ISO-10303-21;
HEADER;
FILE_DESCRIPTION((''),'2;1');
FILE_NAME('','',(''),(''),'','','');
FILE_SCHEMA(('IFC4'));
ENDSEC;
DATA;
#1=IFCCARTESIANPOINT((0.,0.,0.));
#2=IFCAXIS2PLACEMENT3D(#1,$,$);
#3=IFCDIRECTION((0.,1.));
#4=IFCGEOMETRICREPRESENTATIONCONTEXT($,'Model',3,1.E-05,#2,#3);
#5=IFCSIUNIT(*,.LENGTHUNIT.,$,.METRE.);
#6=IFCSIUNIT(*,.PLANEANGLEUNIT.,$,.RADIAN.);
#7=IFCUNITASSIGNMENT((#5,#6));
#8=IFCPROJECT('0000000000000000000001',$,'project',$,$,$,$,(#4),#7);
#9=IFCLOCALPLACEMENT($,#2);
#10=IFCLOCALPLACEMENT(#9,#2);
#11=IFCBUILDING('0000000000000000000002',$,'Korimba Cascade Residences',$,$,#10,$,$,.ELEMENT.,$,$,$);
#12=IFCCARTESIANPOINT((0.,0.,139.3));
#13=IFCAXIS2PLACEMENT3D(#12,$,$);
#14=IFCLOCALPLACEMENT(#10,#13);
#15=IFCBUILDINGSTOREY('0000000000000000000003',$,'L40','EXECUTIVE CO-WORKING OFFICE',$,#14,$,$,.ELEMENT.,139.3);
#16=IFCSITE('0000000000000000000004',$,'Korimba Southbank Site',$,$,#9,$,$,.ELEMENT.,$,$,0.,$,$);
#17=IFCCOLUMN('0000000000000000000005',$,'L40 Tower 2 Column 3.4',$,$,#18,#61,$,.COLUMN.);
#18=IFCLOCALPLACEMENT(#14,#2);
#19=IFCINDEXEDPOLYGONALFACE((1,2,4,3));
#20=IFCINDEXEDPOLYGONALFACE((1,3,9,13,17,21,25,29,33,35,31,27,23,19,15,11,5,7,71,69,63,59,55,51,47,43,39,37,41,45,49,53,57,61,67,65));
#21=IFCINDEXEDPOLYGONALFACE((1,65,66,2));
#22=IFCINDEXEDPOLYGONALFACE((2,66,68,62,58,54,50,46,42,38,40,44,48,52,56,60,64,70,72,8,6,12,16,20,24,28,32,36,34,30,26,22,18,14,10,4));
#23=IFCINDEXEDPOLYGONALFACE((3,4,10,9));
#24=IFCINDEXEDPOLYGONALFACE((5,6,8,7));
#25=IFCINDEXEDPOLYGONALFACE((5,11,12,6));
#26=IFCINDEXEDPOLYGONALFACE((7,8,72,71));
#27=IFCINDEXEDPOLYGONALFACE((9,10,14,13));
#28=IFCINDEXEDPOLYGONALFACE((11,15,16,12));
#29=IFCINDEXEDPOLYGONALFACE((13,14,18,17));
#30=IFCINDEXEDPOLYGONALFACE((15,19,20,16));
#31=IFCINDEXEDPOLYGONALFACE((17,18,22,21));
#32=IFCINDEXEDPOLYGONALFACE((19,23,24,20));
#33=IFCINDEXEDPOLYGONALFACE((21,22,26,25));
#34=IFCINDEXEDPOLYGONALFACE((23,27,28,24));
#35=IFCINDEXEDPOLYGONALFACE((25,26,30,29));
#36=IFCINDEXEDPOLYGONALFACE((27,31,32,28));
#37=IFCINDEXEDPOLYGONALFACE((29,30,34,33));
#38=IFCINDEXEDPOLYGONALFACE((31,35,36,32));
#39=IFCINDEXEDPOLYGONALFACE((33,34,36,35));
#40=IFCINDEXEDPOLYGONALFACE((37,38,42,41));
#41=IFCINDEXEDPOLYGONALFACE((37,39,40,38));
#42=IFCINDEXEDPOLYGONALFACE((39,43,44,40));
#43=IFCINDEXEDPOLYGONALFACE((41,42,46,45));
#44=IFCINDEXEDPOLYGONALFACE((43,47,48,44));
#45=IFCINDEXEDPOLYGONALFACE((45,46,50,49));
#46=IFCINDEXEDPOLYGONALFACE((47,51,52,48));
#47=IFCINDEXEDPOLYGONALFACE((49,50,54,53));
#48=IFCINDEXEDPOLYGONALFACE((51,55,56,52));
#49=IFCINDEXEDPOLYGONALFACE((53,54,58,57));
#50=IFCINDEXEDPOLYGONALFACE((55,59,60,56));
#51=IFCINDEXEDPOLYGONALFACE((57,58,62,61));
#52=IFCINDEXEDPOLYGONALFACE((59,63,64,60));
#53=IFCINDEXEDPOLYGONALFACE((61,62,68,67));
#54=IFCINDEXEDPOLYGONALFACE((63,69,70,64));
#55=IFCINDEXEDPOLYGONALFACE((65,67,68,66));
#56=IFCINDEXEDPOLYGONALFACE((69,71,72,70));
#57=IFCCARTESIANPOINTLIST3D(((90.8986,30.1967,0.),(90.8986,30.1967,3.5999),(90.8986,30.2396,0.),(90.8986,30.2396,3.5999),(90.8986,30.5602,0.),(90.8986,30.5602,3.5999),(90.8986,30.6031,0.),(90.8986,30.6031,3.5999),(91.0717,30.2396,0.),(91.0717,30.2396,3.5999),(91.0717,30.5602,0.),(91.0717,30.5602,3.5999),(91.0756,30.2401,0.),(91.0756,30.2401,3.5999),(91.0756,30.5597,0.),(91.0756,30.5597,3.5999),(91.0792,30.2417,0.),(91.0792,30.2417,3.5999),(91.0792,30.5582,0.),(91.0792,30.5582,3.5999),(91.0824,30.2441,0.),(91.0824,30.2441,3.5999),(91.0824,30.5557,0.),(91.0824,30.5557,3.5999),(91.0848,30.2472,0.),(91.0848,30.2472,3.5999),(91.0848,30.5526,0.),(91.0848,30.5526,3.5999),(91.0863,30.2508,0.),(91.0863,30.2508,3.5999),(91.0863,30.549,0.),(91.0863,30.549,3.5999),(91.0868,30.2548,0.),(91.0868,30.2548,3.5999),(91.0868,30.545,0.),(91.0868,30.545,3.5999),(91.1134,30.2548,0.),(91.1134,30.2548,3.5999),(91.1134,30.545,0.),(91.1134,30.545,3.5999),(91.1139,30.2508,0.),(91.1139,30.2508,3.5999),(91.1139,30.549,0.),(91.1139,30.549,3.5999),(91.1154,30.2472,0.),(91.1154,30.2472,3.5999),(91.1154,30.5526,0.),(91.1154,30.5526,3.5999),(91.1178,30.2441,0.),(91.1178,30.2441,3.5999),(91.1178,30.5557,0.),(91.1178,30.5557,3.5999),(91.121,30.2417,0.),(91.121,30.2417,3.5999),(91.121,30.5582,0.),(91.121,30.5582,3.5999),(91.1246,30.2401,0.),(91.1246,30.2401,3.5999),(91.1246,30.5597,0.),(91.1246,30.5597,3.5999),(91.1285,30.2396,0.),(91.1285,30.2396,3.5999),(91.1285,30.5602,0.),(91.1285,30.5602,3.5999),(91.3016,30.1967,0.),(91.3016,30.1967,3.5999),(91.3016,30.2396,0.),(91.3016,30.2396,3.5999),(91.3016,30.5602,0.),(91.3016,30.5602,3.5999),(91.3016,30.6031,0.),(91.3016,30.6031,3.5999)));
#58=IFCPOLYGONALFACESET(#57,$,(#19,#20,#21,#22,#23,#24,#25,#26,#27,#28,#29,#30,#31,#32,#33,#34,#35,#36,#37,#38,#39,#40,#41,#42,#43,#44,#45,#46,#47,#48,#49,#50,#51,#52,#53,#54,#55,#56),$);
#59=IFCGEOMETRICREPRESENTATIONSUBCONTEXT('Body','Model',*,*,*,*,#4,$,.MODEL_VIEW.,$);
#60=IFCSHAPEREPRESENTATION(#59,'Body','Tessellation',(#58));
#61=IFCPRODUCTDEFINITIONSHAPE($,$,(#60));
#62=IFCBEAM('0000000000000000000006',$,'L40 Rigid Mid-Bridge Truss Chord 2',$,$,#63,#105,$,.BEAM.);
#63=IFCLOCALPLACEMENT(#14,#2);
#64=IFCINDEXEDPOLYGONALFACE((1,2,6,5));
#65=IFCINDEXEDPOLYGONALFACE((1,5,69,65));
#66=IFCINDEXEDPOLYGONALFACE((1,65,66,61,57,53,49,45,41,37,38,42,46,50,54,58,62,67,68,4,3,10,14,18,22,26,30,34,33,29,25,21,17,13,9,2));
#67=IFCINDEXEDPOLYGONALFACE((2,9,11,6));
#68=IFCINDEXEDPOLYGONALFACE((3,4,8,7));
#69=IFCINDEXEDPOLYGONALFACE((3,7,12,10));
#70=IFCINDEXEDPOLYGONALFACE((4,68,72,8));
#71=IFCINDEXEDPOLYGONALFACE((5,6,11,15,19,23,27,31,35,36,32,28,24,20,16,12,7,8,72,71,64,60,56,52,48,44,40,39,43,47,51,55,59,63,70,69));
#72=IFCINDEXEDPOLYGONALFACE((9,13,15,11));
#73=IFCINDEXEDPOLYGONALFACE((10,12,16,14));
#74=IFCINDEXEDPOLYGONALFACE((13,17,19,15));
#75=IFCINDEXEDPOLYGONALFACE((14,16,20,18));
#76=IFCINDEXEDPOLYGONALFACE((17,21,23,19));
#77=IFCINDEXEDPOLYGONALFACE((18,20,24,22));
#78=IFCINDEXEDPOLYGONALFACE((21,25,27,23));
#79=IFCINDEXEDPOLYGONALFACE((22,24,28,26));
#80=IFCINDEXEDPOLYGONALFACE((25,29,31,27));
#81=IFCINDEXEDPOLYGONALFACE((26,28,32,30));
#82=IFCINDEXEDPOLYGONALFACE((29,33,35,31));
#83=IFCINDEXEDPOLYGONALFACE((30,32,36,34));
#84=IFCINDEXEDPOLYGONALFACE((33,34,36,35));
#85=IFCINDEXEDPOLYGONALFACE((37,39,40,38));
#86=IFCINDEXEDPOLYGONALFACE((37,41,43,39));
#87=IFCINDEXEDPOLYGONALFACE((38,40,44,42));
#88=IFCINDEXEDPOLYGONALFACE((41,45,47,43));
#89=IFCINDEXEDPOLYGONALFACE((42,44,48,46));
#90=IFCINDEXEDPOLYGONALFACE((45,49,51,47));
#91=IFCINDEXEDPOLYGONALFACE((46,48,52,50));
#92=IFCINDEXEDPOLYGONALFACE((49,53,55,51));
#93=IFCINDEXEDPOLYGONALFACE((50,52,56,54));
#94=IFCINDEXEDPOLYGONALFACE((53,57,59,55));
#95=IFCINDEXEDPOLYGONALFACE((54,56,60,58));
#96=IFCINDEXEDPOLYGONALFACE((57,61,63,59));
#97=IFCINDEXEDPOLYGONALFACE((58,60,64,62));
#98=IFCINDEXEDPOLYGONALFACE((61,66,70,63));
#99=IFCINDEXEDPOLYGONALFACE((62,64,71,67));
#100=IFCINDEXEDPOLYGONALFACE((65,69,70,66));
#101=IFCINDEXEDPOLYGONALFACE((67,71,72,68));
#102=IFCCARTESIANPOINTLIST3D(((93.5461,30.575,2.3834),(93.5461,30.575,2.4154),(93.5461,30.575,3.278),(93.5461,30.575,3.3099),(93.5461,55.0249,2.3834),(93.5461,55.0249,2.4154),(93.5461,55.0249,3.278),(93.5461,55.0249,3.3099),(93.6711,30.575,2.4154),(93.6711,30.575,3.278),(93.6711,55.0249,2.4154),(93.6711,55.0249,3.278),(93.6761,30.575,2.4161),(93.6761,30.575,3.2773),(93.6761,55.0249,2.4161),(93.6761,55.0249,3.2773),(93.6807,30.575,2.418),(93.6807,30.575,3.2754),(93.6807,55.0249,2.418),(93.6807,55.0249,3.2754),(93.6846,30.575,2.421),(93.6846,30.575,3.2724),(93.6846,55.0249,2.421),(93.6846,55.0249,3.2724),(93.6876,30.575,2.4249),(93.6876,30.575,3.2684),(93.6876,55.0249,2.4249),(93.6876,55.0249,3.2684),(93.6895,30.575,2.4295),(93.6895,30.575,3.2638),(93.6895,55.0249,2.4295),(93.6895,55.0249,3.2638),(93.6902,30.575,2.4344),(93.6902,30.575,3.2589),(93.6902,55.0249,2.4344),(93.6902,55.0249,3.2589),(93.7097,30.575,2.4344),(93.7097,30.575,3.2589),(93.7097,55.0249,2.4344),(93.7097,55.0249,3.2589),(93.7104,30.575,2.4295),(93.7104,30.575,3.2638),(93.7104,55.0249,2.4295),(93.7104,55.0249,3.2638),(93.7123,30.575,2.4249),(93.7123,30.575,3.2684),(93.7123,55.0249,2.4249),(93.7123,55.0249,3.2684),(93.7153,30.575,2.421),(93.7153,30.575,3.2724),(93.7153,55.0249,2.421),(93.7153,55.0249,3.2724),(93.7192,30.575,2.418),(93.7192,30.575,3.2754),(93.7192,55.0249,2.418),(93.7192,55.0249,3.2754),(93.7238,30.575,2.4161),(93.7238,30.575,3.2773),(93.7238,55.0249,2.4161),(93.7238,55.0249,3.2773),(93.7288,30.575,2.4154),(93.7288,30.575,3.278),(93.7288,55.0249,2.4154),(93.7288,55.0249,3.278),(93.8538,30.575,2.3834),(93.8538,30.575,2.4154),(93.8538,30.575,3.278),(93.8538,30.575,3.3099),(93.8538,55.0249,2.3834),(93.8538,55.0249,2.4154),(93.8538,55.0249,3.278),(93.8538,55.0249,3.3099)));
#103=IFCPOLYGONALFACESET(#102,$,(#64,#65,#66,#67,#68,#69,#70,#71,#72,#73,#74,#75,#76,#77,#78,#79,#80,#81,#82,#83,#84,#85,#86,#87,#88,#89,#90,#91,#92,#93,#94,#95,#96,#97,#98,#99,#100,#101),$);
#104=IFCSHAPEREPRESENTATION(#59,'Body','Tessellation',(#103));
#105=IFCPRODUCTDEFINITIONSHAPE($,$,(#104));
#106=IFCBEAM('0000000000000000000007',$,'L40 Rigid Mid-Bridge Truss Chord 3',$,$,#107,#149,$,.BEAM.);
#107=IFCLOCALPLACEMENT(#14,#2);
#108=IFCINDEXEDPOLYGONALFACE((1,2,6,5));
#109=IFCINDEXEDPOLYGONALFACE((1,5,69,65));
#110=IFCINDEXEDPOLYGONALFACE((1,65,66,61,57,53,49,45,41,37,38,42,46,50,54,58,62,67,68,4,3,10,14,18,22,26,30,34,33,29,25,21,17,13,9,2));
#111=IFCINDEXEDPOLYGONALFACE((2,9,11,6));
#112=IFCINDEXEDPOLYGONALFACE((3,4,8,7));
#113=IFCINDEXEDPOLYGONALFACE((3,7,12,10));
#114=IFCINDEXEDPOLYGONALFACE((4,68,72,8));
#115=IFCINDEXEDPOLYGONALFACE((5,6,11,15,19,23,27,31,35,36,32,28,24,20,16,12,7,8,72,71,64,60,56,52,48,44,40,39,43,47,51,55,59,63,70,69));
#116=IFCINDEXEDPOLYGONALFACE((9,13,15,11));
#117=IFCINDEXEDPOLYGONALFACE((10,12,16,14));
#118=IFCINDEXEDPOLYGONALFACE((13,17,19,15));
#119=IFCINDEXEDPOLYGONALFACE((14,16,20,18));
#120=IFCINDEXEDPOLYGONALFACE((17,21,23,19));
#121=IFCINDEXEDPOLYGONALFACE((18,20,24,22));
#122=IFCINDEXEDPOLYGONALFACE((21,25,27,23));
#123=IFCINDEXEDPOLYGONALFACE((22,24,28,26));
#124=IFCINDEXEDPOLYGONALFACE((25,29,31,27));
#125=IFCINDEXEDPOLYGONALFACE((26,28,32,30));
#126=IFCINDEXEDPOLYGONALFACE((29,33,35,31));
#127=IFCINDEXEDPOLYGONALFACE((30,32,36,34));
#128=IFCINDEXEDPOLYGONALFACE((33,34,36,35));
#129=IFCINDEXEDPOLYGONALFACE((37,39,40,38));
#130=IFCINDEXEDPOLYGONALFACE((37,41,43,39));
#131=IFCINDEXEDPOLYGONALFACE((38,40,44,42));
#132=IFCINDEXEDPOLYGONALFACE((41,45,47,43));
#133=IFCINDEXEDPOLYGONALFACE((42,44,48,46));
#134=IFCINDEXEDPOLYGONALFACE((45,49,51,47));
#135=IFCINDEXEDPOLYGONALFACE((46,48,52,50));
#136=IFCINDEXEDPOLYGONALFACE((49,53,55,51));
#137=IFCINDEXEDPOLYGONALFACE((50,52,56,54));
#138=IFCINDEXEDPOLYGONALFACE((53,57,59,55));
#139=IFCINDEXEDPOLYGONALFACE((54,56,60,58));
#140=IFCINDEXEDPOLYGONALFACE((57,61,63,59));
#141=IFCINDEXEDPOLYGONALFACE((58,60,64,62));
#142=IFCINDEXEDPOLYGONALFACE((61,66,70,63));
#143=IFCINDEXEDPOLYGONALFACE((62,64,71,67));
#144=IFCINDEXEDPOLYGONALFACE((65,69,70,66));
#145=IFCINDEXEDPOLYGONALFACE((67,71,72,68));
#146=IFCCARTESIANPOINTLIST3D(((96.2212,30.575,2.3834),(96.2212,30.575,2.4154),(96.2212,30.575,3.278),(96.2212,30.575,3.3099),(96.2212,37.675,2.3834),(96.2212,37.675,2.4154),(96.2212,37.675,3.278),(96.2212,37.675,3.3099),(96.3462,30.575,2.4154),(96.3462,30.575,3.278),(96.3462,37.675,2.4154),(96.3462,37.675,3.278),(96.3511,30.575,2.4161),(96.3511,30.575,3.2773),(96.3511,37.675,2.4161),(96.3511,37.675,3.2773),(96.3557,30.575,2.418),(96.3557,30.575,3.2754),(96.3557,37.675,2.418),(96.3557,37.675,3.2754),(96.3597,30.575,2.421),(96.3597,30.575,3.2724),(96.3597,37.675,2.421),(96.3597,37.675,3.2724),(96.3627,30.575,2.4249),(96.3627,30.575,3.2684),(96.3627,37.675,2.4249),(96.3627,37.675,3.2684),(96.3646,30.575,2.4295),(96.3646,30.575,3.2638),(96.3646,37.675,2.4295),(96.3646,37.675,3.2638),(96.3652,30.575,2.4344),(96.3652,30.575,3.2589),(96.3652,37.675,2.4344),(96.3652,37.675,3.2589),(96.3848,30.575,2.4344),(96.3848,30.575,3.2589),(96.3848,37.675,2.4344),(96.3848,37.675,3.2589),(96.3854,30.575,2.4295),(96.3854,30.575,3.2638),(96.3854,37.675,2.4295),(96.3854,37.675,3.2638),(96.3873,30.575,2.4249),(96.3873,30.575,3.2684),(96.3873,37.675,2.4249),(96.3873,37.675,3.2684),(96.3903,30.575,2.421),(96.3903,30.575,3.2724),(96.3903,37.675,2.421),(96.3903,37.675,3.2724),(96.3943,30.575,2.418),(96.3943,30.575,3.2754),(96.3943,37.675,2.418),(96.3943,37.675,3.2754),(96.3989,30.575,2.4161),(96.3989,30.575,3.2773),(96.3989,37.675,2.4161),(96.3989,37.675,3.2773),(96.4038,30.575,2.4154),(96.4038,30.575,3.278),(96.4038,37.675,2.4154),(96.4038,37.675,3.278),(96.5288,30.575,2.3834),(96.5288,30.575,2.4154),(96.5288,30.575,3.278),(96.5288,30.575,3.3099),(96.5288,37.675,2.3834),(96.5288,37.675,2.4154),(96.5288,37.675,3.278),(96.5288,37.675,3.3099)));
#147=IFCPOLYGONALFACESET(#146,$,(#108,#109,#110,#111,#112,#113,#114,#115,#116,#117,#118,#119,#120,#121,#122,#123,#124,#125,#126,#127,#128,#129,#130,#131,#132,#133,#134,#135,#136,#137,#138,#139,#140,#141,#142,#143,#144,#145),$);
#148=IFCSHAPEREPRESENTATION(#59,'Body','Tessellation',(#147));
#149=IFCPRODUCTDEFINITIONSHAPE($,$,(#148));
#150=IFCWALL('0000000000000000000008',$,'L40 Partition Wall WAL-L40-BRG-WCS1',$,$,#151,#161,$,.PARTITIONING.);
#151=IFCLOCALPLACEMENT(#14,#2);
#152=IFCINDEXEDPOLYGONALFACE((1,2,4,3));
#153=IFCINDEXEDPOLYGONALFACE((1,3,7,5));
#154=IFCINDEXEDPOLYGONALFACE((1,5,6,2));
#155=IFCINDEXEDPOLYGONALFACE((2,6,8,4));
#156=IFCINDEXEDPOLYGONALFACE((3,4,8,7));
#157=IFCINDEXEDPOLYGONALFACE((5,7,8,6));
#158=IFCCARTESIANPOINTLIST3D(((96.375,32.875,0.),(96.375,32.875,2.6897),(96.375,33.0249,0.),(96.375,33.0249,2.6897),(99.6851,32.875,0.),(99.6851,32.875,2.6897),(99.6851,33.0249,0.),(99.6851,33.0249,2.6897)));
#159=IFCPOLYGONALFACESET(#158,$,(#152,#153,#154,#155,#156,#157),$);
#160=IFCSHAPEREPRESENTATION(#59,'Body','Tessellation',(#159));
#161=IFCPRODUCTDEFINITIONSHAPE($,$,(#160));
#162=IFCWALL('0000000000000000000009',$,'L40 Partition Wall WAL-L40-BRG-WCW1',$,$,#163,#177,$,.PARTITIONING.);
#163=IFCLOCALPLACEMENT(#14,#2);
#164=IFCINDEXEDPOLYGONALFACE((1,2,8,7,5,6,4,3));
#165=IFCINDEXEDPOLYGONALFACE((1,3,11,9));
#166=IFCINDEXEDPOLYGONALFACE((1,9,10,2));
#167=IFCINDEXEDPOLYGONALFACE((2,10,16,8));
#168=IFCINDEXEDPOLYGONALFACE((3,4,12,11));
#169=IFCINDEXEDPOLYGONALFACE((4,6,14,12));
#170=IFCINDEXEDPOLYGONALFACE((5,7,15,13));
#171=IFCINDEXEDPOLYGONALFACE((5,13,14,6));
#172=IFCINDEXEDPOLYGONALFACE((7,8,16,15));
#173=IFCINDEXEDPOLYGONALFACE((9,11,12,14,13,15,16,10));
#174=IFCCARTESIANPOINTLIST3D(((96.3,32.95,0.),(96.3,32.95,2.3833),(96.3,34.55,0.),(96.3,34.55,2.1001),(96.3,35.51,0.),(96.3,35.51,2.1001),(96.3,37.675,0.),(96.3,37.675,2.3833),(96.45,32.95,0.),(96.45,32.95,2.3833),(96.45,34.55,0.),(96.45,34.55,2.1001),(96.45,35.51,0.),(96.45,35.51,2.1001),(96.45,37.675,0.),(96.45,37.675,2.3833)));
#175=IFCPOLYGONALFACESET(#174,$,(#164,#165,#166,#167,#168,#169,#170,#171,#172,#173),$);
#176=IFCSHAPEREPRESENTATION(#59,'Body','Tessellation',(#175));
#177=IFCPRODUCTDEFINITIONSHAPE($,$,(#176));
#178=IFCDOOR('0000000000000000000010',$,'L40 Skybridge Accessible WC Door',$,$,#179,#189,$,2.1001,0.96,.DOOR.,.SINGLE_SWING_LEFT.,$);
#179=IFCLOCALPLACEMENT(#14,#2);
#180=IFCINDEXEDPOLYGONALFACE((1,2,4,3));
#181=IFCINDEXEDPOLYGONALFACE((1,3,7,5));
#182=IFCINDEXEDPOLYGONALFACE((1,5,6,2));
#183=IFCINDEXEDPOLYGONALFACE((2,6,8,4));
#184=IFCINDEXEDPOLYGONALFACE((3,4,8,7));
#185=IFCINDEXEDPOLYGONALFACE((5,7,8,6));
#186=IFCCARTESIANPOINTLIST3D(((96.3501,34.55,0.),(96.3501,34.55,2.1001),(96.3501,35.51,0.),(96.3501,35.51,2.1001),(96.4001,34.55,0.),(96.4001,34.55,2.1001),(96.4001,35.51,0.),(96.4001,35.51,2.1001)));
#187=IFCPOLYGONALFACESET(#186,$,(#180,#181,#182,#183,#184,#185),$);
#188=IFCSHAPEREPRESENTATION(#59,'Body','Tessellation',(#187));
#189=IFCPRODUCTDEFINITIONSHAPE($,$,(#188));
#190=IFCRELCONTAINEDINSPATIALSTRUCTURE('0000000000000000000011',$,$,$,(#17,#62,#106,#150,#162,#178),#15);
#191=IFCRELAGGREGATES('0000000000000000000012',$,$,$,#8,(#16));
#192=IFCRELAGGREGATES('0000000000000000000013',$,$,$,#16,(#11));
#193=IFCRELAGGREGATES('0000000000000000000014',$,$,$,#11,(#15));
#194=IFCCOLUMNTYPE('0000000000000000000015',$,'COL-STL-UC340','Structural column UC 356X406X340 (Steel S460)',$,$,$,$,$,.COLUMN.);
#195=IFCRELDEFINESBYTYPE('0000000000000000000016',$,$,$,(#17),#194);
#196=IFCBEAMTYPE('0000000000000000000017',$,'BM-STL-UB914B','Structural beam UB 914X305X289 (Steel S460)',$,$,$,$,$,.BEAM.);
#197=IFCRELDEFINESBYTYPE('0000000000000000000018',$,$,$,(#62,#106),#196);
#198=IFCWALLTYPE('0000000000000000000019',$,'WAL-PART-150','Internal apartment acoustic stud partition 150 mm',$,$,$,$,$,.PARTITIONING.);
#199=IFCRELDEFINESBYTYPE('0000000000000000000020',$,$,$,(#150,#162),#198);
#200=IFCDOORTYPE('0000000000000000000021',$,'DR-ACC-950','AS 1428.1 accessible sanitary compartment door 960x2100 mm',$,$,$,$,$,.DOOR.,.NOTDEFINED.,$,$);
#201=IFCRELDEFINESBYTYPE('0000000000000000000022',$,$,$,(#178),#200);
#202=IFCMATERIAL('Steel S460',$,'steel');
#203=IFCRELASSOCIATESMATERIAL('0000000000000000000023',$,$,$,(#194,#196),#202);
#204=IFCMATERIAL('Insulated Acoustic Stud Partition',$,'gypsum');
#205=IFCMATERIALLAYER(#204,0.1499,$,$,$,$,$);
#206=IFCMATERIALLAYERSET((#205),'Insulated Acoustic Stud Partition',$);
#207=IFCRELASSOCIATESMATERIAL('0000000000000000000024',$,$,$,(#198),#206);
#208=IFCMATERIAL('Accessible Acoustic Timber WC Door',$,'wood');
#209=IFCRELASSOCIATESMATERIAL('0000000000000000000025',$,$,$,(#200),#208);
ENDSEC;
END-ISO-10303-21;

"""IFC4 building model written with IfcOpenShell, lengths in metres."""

from ifc_helpers import new_model, si_unit, direction, frame, frame_2d, origin, origin_2d, place, context, subcontext, project, spatial, rectangle, i_section, extrude, material, layer, layer_set, material_profile, profile_set, type_object, element, fill, save


model = new_model("IFC4")

# Units and contexts
model_context = context("Model", 3, precision=1e-05, world=origin(), true_north=direction((0.0, 1.0)))
body_context = subcontext(model_context, "Body", "Model", "MODEL_VIEW")
ifc_project = project(units=[si_unit("LENGTHUNIT", "METRE"), si_unit("PLANEANGLEUNIT", "RADIAN")], contexts=[model_context])

# Site, building, storey
site_placement = place(None, origin())
site = spatial("IfcSite", under=ifc_project, at=site_placement, Name="Korimba Southbank Site", CompositionType="ELEMENT", RefElevation=0.0)
building_placement = place(site_placement, origin())
building = spatial("IfcBuilding", under=site, at=building_placement, Name="Korimba Cascade Residences", CompositionType="ELEMENT")
storey_placement = place(building_placement, frame((0.0, 0.0, 139.3)))
storey = spatial("IfcBuildingStorey", under=building, at=storey_placement, Name="L40", Description="EXECUTIVE CO-WORKING OFFICE", CompositionType="ELEMENT", Elevation=139.3)

# Column
ifc_material_1 = material(Name="Steel S460", Category="steel")
ifc_material_profile_1 = material_profile(ifc_material_1, i_section(OverallWidth=0.4031, OverallDepth=0.4065, WebThickness=0.0266, FlangeThickness=0.043, FilletRadius=0.0151, at=origin_2d()), Name="Steel S460")
ifc_profile_set_1 = profile_set([ifc_material_profile_1], Name="Steel S460")
column_type = type_object("IfcColumnType", Name="COL-STL-UC340", Description="Structural column UC 356X406X340 (Steel S460)", PredefinedType="COLUMN", material=ifc_profile_set_1)
column_placement = place(storey_placement, frame((91.1001, 30.3999, 0.0), z_axis=(0.0, 0.0, 1.0), x_axis=(1.0, 0.0, 0.0)))
element("IfcColumn", 1, at=column_placement, inside=storey, type_object=column_type, Name="L40 Tower 2 Column 3.4", PredefinedType="COLUMN", context=body_context, shape_type="SweptSolid", body=[
    extrude(i_section(OverallWidth=0.4031, OverallDepth=0.4065, WebThickness=0.0266, FlangeThickness=0.043, FilletRadius=0.0151, at=origin_2d()), origin(), (0.0, 0.0, 1.0), 3.5999),
])

# Beams
ifc_material_profile_2 = material_profile(ifc_material_1, i_section(OverallWidth=0.3076, OverallDepth=0.9265, WebThickness=0.0195, FlangeThickness=0.032, FilletRadius=0.019, at=origin_2d()), Name="Steel S460")
ifc_profile_set_2 = profile_set([ifc_material_profile_2], Name="Steel S460")
beam_type = type_object("IfcBeamType", Name="BM-STL-UB914B", Description="Structural beam UB 914X305X289 (Steel S460)", PredefinedType="BEAM", material=ifc_profile_set_2)
beam_1_placement = place(storey_placement, frame((93.7, 30.575, 2.8467), z_axis=(0.0, 1.0, 0.0), x_axis=(-1.0, 0.0, 0.0)))
element("IfcBeam", 2, at=beam_1_placement, inside=storey, type_object=beam_type, Name="L40 Rigid Mid-Bridge Truss Chord 2", PredefinedType="BEAM", context=body_context, shape_type="SweptSolid", body=[
    extrude(i_section(OverallWidth=0.3076, OverallDepth=0.9265, WebThickness=0.0195, FlangeThickness=0.032, FilletRadius=0.019, at=origin_2d()), origin(), (0.0, 0.0, 1.0), 24.45),
])
beam_2_placement = place(storey_placement, frame((96.375, 30.575, 2.8467), z_axis=(0.0, 1.0, 0.0), x_axis=(-1.0, 0.0, 0.0)))
element("IfcBeam", 3, at=beam_2_placement, inside=storey, type_object=beam_type, Name="L40 Rigid Mid-Bridge Truss Chord 3", PredefinedType="BEAM", context=body_context, shape_type="SweptSolid", body=[
    extrude(i_section(OverallWidth=0.3076, OverallDepth=0.9265, WebThickness=0.0195, FlangeThickness=0.032, FilletRadius=0.019, at=origin_2d()), origin(), (0.0, 0.0, 1.0), 7.1001),
])

# Wall
ifc_material_2 = material(Name="Insulated Acoustic Stud Partition", Category="gypsum")
ifc_layer_1 = layer(ifc_material_2, 0.1499)
ifc_layer_set_1 = layer_set([ifc_layer_1], Name="Insulated Acoustic Stud Partition")
wall_type_1 = type_object("IfcWallType", Name="WAL-PART-150", Description="Internal apartment acoustic stud partition 150 mm", PredefinedType="PARTITIONING", material=ifc_layer_set_1)
wall_1_placement = place(storey_placement, frame((96.375, 32.95, 0.0), z_axis=(0.0, 0.0, 1.0), x_axis=(1.0, 0.0, 0.0)))
element("IfcWall", 4, at=wall_1_placement, inside=storey, type_object=wall_type_1, Name="L40 Partition Wall WAL-L40-BRG-WCS1", PredefinedType="PARTITIONING", context=body_context, shape_type="SweptSolid", body=[
    extrude(rectangle(XDim=3.3101, YDim=0.1499, at=frame_2d((1.655, 0.0))), origin(), (0.0, 0.0, 1.0), 2.6897),
])

# Wall, opening, door
wall_2_placement = place(storey_placement, frame((96.375, 32.95, 0.0), z_axis=(0.0, 0.0, 1.0), x_axis=(0.0, 1.0, 0.0)))
wall_2 = element("IfcWall", 5, at=wall_2_placement, inside=storey, type_object=wall_type_1, Name="L40 Partition Wall WAL-L40-BRG-WCW1", PredefinedType="PARTITIONING", context=body_context, shape_type="SweptSolid", body=[
    extrude(rectangle(XDim=4.7251, YDim=0.1499, at=frame_2d((2.3625, 0.0))), origin(), (0.0, 0.0, 1.0), 2.3833),
])
opening_1_placement = place(wall_2_placement, frame((1.6001, 0.0, 0.0)))
opening_1 = element("IfcOpeningElement", 6, at=opening_1_placement, cuts=wall_2, PredefinedType="OPENING", context=body_context, shape_type="SweptSolid", body=[
    extrude(rectangle(XDim=0.96, YDim=2.1001, at=frame_2d((0.48, 1.05))), frame((0.0, 0.085, 0.0), z_axis=(0.0, -1.0, 0.0), x_axis=(1.0, 0.0, 0.0)), (0.0, 0.0, 1.0), 0.1699),
])
ifc_material_3 = material(Name="Accessible Acoustic Timber WC Door", Category="wood")
door_type_1 = type_object("IfcDoorType", Name="DR-ACC-950", Description="AS 1428.1 accessible sanitary compartment door 960x2100 mm", OperationType="NOTDEFINED", PredefinedType="DOOR", material=ifc_material_3)
door_1_placement = place(opening_1_placement, origin())
door_1 = element("IfcDoor", 7, at=door_1_placement, inside=storey, type_object=door_type_1, Name="L40 Skybridge Accessible WC Door", OperationType="SINGLE_SWING_LEFT", OverallHeight=2.1001, OverallWidth=0.96, PredefinedType="DOOR", context=body_context, shape_type="SweptSolid", body=[
    extrude(rectangle(XDim=0.96, YDim=2.1001, at=frame_2d((0.48, 1.05))), frame((0.0, 0.0249, 0.0), z_axis=(0.0, -1.0, 0.0), x_axis=(1.0, 0.0, 0.0)), (0.0, 0.0, 1.0), 0.05),
])
fill(opening_1, door_1)

save(model, "model.ifc")
